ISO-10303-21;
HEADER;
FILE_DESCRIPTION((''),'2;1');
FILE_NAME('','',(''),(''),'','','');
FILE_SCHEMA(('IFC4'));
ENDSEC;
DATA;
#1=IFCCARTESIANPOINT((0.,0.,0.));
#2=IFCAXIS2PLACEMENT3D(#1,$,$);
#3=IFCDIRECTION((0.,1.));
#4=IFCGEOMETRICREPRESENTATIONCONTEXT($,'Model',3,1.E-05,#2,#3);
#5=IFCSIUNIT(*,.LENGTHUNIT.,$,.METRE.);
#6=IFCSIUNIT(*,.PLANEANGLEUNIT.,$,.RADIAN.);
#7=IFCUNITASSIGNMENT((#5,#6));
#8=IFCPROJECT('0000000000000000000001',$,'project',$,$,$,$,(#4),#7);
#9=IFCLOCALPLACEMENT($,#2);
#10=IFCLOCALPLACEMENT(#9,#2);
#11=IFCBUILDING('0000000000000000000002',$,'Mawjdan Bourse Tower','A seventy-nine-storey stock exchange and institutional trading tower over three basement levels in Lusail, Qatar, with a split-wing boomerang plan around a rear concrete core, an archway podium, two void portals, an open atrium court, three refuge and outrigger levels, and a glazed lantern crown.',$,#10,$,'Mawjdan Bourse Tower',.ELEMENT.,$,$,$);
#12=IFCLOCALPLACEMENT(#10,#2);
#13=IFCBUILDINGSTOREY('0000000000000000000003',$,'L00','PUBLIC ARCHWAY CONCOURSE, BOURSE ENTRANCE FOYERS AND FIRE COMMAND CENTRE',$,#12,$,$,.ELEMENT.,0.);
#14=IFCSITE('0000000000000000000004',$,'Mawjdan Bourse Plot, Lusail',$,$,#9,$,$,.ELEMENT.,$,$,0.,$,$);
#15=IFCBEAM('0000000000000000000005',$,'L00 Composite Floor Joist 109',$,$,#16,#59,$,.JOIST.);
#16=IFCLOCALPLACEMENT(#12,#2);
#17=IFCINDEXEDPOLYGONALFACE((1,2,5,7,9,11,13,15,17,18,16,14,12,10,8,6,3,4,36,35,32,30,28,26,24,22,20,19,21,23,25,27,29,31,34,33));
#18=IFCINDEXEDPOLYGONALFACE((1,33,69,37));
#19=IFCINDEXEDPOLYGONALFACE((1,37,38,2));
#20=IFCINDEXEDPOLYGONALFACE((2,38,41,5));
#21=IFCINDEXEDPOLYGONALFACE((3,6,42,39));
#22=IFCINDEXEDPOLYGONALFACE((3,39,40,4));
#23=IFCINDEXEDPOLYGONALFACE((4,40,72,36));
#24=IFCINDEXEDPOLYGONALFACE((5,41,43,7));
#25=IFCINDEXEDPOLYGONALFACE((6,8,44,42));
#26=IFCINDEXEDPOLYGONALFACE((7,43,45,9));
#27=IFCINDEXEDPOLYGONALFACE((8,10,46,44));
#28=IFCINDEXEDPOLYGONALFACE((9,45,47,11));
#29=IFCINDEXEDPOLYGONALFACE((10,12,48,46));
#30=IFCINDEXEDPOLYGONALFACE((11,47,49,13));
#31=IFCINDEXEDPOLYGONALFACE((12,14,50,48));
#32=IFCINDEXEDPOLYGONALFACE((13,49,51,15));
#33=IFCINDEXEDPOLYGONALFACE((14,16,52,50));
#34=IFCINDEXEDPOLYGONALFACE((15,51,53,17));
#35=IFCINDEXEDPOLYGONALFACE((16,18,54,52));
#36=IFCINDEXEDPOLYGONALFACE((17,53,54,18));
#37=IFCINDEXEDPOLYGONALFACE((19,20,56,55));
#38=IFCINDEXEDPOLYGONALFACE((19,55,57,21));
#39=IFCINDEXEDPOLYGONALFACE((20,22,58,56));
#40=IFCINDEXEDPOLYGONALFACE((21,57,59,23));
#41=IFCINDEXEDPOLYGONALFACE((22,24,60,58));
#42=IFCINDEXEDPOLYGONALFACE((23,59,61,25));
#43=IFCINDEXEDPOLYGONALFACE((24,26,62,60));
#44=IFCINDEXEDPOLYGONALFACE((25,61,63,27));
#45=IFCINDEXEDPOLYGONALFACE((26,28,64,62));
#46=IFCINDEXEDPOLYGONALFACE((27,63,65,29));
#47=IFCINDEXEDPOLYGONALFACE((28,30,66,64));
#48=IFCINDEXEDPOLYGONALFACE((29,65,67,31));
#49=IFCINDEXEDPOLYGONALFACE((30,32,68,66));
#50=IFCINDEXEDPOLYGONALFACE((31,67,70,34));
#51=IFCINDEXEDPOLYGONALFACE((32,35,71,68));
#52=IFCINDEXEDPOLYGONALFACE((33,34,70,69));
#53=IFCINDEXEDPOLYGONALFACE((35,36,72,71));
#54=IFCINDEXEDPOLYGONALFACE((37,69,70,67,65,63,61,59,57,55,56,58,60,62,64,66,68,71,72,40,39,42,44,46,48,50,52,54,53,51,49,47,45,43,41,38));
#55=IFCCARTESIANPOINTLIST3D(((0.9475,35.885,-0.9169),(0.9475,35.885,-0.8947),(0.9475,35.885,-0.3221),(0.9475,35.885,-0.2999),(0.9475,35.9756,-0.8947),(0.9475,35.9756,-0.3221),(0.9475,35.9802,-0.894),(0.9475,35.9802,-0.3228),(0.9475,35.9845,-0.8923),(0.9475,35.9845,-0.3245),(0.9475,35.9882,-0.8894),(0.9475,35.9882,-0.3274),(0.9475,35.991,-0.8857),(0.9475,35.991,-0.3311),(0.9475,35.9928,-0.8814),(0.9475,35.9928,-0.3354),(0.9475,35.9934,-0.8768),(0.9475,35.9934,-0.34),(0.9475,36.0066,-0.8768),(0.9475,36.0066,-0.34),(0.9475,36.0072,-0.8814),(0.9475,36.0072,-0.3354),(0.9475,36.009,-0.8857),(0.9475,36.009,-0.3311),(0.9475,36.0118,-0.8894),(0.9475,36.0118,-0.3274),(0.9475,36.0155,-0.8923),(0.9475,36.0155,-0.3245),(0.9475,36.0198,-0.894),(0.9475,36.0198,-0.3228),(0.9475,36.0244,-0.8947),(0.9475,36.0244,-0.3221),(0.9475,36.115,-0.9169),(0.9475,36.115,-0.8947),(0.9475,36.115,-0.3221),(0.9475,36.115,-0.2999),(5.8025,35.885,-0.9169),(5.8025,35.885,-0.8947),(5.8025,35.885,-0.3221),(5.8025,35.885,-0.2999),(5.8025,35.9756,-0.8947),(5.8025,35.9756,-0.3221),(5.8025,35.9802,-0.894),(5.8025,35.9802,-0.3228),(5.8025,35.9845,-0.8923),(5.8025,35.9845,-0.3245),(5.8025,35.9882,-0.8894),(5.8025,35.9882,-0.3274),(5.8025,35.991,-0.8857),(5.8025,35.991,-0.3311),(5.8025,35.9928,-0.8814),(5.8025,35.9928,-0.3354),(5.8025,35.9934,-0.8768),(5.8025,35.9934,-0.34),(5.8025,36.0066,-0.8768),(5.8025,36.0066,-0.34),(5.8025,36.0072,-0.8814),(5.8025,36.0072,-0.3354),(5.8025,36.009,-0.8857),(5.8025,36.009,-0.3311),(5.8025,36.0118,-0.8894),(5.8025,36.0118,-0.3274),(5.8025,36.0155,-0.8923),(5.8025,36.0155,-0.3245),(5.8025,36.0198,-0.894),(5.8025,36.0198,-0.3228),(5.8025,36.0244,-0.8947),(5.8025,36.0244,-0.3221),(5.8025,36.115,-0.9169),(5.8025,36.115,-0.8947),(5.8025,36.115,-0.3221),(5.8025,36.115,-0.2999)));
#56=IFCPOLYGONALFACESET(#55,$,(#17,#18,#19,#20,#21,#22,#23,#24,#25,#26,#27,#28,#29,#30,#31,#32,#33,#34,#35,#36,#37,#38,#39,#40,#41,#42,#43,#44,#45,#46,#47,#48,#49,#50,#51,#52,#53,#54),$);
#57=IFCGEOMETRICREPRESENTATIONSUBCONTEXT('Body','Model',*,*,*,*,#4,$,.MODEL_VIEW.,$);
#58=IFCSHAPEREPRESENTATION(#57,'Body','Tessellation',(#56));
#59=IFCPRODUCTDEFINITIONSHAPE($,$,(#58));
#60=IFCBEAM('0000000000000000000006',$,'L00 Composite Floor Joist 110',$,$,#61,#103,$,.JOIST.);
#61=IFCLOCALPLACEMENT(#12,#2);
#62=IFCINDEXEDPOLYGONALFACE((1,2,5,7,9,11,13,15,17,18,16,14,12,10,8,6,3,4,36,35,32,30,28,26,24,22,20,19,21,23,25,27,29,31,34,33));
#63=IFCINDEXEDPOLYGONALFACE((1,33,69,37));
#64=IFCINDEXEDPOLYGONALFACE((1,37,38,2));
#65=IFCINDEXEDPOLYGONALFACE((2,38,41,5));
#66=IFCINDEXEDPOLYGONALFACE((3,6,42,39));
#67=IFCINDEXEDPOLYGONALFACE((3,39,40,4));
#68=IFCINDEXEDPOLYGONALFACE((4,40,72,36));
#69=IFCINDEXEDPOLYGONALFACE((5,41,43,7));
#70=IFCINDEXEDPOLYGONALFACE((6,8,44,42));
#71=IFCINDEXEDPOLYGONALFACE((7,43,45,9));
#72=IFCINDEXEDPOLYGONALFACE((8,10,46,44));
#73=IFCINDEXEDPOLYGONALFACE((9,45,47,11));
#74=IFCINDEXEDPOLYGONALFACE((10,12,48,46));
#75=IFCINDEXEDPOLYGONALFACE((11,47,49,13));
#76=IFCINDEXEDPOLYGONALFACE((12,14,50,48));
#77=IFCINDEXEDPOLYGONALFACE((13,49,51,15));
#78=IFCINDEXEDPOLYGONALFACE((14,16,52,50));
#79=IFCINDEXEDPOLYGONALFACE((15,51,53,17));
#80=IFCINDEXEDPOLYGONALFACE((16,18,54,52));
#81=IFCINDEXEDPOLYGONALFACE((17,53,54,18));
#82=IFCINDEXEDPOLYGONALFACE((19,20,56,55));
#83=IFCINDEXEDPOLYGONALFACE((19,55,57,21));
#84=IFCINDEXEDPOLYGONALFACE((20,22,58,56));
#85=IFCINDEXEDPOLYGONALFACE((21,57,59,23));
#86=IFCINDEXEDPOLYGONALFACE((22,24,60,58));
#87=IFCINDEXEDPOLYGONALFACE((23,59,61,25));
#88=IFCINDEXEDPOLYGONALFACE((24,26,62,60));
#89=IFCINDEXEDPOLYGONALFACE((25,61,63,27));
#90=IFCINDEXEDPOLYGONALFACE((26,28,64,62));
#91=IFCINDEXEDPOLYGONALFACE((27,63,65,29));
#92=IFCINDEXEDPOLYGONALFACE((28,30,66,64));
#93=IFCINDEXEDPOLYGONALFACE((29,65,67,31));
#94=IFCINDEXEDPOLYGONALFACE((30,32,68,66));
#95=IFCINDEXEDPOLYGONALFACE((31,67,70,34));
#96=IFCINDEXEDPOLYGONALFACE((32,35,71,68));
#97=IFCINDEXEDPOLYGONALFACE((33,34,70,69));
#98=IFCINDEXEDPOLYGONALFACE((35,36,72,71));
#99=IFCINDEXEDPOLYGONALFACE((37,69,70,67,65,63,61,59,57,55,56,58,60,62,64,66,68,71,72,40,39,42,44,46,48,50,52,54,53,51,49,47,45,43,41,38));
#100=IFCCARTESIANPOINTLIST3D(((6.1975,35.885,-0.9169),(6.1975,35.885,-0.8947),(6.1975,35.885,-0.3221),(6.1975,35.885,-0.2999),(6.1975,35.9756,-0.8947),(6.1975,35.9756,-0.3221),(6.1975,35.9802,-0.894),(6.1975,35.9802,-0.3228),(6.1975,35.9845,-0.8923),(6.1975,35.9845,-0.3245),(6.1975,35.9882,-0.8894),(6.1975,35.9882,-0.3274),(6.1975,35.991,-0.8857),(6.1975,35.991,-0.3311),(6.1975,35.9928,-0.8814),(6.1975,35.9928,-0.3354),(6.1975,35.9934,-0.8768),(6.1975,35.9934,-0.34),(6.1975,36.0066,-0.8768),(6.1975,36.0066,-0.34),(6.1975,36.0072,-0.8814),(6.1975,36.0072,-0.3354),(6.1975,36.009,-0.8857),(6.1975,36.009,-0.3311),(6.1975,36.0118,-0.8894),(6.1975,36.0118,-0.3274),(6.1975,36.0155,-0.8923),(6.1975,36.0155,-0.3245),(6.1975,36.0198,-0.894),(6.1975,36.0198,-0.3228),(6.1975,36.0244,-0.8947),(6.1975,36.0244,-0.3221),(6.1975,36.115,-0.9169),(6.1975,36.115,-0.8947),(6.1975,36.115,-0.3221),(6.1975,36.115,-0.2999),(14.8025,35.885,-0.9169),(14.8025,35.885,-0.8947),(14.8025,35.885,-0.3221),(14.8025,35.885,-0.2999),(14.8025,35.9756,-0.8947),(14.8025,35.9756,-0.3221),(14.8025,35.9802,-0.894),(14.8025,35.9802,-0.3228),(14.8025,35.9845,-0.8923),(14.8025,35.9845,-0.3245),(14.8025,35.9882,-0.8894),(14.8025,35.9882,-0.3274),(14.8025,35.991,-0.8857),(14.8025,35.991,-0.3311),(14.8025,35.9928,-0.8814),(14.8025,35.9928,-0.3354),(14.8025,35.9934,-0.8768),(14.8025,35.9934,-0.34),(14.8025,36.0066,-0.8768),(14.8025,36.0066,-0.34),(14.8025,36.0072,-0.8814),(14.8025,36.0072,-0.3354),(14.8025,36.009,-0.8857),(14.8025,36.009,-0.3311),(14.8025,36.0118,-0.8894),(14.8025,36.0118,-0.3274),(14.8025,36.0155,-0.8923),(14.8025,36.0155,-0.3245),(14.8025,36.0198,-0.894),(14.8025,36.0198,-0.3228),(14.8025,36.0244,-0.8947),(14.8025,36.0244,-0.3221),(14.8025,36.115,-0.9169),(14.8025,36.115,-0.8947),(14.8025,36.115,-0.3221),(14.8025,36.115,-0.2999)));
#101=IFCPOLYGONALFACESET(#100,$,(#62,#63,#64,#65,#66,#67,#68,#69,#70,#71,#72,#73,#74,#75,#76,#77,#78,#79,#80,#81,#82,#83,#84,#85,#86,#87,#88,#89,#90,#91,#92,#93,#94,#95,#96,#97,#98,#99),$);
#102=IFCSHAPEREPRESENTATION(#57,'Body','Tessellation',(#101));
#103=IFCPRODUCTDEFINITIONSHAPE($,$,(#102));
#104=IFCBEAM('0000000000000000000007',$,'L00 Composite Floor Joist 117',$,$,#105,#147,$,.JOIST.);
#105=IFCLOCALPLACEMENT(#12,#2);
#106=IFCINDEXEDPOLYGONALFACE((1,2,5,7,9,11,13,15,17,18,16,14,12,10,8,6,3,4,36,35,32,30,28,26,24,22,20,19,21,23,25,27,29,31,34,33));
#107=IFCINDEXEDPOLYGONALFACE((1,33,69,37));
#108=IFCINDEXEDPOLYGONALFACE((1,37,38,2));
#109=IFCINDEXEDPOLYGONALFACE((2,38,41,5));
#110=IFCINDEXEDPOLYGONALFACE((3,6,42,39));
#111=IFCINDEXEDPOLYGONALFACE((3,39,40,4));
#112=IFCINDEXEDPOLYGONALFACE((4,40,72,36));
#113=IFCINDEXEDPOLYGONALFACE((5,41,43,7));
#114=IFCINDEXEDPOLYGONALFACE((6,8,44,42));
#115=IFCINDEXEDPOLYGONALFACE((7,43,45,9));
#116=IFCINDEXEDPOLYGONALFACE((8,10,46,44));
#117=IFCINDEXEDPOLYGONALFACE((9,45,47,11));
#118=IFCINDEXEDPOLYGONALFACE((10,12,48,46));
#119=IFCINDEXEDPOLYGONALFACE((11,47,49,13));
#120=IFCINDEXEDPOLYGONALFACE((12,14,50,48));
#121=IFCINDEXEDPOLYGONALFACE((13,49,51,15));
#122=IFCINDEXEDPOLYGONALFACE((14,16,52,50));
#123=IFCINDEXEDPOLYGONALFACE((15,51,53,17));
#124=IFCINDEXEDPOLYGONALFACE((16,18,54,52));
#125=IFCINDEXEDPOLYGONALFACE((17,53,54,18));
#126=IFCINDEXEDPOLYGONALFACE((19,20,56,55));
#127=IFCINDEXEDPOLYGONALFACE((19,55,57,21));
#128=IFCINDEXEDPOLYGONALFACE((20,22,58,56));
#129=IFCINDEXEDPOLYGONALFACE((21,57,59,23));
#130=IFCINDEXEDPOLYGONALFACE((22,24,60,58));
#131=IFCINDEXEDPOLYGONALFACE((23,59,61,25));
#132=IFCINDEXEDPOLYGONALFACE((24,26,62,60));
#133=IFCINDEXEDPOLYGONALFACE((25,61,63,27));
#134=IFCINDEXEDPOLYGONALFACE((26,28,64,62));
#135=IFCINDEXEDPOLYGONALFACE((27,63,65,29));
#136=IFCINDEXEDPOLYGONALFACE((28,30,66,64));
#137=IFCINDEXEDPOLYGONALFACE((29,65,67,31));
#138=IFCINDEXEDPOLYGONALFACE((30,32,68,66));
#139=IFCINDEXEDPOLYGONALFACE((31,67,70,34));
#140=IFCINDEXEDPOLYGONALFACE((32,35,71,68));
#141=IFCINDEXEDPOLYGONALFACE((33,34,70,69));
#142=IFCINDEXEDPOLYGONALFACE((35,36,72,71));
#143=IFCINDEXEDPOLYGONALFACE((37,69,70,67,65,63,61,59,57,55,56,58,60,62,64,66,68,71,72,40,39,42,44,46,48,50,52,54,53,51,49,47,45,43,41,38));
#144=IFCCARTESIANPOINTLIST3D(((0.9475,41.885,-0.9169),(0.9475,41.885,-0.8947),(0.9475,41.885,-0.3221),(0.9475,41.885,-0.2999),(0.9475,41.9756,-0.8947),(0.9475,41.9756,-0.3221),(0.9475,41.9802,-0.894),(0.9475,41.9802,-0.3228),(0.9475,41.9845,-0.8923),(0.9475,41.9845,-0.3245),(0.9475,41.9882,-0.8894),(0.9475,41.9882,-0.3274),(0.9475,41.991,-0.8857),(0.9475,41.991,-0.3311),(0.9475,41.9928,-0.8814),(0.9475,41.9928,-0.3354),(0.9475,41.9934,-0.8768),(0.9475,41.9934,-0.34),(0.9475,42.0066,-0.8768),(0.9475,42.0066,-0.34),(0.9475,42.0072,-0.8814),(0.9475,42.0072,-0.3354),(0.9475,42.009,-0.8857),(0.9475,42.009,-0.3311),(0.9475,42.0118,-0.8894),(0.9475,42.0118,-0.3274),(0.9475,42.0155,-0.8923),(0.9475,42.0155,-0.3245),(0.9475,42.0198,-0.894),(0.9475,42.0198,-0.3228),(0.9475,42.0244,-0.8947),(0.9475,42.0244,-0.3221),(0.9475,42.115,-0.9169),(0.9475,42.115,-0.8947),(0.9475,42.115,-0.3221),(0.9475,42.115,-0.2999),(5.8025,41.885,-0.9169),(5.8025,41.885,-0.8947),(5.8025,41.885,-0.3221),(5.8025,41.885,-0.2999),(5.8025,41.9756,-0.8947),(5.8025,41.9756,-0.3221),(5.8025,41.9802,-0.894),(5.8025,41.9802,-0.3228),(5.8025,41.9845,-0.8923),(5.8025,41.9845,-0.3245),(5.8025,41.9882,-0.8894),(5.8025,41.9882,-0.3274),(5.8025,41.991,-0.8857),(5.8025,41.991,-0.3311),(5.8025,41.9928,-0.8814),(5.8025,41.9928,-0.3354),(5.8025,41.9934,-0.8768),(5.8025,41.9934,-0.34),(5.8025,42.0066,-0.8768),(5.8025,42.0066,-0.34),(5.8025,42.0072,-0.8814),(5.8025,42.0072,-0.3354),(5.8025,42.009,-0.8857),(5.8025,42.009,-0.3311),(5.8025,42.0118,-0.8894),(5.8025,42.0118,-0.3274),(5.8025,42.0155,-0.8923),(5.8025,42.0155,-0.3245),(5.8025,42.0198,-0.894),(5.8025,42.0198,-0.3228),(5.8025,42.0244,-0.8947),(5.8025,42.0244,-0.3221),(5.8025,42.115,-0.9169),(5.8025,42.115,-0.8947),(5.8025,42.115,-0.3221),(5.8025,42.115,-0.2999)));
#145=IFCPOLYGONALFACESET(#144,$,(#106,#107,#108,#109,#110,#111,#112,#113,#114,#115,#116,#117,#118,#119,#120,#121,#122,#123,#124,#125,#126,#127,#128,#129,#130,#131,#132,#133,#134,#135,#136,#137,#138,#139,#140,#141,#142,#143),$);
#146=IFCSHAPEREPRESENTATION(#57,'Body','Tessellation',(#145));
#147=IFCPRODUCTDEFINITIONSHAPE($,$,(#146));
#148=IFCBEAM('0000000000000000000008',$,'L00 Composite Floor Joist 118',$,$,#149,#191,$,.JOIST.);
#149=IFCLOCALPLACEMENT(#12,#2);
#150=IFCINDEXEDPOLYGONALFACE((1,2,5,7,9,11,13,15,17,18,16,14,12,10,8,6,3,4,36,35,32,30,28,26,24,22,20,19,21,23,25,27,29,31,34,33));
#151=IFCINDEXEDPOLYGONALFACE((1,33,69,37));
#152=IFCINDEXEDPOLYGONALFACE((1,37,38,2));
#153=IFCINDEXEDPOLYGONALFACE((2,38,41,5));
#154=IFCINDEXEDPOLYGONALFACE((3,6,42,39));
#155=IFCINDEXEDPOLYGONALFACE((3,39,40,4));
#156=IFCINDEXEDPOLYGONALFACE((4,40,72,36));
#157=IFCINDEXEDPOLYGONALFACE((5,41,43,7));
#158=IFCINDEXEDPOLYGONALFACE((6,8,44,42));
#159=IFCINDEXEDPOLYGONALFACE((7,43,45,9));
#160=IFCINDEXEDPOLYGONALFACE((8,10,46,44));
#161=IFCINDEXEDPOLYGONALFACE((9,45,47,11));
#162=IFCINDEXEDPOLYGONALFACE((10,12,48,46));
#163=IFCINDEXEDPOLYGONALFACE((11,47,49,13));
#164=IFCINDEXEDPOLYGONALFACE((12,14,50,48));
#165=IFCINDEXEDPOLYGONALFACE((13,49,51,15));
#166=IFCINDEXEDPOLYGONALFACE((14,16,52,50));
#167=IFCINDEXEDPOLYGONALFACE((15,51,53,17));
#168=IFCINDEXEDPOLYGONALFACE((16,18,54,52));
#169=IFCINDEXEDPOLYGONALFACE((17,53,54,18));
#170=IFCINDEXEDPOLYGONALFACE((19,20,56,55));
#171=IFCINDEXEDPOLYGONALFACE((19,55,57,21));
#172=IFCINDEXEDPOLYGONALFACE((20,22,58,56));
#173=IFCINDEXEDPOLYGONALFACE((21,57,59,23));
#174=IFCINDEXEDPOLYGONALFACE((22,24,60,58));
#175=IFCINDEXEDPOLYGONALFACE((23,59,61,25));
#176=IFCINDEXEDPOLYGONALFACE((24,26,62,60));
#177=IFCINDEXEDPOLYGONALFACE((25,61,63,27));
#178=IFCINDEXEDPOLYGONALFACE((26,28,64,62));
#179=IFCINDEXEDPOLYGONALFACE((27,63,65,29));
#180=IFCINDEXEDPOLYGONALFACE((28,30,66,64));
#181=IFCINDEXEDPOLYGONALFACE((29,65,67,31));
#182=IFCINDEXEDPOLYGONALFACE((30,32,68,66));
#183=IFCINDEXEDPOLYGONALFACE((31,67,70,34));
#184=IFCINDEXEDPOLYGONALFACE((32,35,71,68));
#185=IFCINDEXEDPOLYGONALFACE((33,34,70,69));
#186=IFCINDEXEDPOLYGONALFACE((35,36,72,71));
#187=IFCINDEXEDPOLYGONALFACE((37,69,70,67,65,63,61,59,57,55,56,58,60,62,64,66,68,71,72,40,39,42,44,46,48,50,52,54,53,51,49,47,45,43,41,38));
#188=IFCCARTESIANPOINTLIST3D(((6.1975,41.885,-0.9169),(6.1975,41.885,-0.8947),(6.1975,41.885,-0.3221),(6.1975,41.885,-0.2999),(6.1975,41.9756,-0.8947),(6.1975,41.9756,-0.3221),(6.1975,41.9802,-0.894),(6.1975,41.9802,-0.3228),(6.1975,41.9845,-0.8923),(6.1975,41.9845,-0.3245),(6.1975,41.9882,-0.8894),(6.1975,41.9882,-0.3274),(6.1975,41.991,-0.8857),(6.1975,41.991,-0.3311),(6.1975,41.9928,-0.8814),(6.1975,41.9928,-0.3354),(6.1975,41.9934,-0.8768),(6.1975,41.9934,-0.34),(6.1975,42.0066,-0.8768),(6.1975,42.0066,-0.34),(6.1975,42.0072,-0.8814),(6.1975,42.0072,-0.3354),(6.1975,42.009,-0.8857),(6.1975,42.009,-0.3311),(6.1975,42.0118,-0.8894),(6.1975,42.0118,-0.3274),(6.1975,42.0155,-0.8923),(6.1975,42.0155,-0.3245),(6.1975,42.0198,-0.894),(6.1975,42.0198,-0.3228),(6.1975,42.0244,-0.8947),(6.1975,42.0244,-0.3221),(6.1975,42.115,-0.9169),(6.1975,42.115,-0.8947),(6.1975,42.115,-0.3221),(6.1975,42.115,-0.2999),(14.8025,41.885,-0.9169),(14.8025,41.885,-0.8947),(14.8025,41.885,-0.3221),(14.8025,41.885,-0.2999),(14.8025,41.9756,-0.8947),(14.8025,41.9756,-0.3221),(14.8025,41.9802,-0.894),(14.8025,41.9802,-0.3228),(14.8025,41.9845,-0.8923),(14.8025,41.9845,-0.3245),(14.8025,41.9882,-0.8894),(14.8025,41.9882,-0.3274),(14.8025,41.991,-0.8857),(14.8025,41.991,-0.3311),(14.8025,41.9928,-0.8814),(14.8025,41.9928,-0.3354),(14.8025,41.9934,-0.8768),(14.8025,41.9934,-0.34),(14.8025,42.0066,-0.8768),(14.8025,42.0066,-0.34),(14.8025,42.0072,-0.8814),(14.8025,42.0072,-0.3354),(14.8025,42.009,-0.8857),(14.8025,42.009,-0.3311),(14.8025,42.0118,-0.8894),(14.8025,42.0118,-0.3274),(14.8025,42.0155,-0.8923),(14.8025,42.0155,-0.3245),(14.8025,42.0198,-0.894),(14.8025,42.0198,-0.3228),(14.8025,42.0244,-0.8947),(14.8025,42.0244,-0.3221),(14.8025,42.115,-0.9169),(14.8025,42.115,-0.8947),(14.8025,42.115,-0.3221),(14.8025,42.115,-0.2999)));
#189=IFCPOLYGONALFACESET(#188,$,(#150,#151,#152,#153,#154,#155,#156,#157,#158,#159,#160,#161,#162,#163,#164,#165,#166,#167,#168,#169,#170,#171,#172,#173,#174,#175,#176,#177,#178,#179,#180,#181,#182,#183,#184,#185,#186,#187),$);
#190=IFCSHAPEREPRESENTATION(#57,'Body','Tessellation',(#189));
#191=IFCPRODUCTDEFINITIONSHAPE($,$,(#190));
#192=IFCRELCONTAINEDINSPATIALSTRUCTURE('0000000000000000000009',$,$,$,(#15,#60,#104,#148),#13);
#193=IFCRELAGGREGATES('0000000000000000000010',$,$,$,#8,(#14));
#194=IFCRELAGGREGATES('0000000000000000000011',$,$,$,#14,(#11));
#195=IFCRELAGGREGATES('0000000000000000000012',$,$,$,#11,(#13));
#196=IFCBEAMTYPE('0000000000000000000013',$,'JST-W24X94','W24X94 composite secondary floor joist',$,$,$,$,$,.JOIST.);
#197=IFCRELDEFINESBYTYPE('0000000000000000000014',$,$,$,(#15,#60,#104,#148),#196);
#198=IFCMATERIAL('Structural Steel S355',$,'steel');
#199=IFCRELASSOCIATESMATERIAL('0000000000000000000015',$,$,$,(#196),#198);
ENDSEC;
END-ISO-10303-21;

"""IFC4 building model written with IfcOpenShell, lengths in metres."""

from ifc_helpers import new_model, si_unit, direction, frame, origin, origin_2d, place, context, subcontext, project, spatial, i_section, extrude, material, material_profile, profile_set, type_object, element, save


model = new_model("IFC4")

# Units and contexts
model_context = context("Model", 3, precision=1e-05, world=origin(), true_north=direction((0.0, 1.0)))
body_context = subcontext(model_context, "Body", "Model", "MODEL_VIEW")
ifc_project = project(units=[si_unit("LENGTHUNIT", "METRE"), si_unit("PLANEANGLEUNIT", "RADIAN")], contexts=[model_context])

# Site, building, storey
site_placement = place(None, origin())
site = spatial("IfcSite", under=ifc_project, at=site_placement, Name="Mawjdan Bourse Plot, Lusail", CompositionType="ELEMENT", RefElevation=0.0)
building_placement = place(site_placement, origin())
building = spatial("IfcBuilding", under=site, at=building_placement, Name="Mawjdan Bourse Tower", Description="A seventy-nine-storey stock exchange and institutional trading tower over three basement levels in Lusail, Qatar, with a split-wing boomerang plan around a rear concrete core, an archway podium, two void portals, an open atrium court, three refuge and outrigger levels, and a glazed lantern crown.", LongName="Mawjdan Bourse Tower", CompositionType="ELEMENT")
storey_placement = place(building_placement, origin())
storey = spatial("IfcBuildingStorey", under=building, at=storey_placement, Name="L00", Description="PUBLIC ARCHWAY CONCOURSE, BOURSE ENTRANCE FOYERS AND FIRE COMMAND CENTRE", CompositionType="ELEMENT", Elevation=0.0)

# Beams
ifc_material_1 = material(Name="Structural Steel S355", Category="steel")
ifc_material_profile_1 = material_profile(ifc_material_1, i_section(OverallWidth=0.23, OverallDepth=0.6169, WebThickness=0.0132, FlangeThickness=0.0222, FilletRadius=0.0178, at=origin_2d()), Name="W24X94")
ifc_profile_set_1 = profile_set([ifc_material_profile_1], Name="Structural Steel S355")
beam_type_1 = type_object("IfcBeamType", Name="JST-W24X94", Description="W24X94 composite secondary floor joist", PredefinedType="JOIST", material=ifc_profile_set_1)
beam_1_placement = place(storey_placement, frame((0.9475, 36.0, -0.6084), z_axis=(1.0, 0.0, 0.0), x_axis=(0.0, 1.0, 0.0)))
element("IfcBeam", 1, at=beam_1_placement, inside=storey, type_object=beam_type_1, Name="L00 Composite Floor Joist 109", PredefinedType="JOIST", context=body_context, shape_type="SweptSolid", body=[
    extrude(i_section(OverallWidth=0.23, OverallDepth=0.6169, WebThickness=0.0132, FlangeThickness=0.0222, FilletRadius=0.0178, at=origin_2d()), origin(), (0.0, 0.0, 1.0), 4.855),
])
beam_2_placement = place(storey_placement, frame((6.1975, 36.0, -0.6084), z_axis=(1.0, 0.0, 0.0), x_axis=(0.0, 1.0, 0.0)))
element("IfcBeam", 2, at=beam_2_placement, inside=storey, type_object=beam_type_1, Name="L00 Composite Floor Joist 110", PredefinedType="JOIST", context=body_context, shape_type="SweptSolid", body=[
    extrude(i_section(OverallWidth=0.23, OverallDepth=0.6169, WebThickness=0.0132, FlangeThickness=0.0222, FilletRadius=0.0178, at=origin_2d()), origin(), (0.0, 0.0, 1.0), 8.605),
])
beam_3_placement = place(storey_placement, frame((0.9475, 42.0, -0.6084), z_axis=(1.0, 0.0, 0.0), x_axis=(0.0, 1.0, 0.0)))
element("IfcBeam", 3, at=beam_3_placement, inside=storey, type_object=beam_type_1, Name="L00 Composite Floor Joist 117", PredefinedType="JOIST", context=body_context, shape_type="SweptSolid", body=[
    extrude(i_section(OverallWidth=0.23, OverallDepth=0.6169, WebThickness=0.0132, FlangeThickness=0.0222, FilletRadius=0.0178, at=origin_2d()), origin(), (0.0, 0.0, 1.0), 4.855),
])
beam_4_placement = place(storey_placement, frame((6.1975, 42.0, -0.6084), z_axis=(1.0, 0.0, 0.0), x_axis=(0.0, 1.0, 0.0)))
element("IfcBeam", 4, at=beam_4_placement, inside=storey, type_object=beam_type_1, Name="L00 Composite Floor Joist 118", PredefinedType="JOIST", context=body_context, shape_type="SweptSolid", body=[
    extrude(i_section(OverallWidth=0.23, OverallDepth=0.6169, WebThickness=0.0132, FlangeThickness=0.0222, FilletRadius=0.0178, at=origin_2d()), origin(), (0.0, 0.0, 1.0), 8.605),
])

save(model, "model.ifc")
